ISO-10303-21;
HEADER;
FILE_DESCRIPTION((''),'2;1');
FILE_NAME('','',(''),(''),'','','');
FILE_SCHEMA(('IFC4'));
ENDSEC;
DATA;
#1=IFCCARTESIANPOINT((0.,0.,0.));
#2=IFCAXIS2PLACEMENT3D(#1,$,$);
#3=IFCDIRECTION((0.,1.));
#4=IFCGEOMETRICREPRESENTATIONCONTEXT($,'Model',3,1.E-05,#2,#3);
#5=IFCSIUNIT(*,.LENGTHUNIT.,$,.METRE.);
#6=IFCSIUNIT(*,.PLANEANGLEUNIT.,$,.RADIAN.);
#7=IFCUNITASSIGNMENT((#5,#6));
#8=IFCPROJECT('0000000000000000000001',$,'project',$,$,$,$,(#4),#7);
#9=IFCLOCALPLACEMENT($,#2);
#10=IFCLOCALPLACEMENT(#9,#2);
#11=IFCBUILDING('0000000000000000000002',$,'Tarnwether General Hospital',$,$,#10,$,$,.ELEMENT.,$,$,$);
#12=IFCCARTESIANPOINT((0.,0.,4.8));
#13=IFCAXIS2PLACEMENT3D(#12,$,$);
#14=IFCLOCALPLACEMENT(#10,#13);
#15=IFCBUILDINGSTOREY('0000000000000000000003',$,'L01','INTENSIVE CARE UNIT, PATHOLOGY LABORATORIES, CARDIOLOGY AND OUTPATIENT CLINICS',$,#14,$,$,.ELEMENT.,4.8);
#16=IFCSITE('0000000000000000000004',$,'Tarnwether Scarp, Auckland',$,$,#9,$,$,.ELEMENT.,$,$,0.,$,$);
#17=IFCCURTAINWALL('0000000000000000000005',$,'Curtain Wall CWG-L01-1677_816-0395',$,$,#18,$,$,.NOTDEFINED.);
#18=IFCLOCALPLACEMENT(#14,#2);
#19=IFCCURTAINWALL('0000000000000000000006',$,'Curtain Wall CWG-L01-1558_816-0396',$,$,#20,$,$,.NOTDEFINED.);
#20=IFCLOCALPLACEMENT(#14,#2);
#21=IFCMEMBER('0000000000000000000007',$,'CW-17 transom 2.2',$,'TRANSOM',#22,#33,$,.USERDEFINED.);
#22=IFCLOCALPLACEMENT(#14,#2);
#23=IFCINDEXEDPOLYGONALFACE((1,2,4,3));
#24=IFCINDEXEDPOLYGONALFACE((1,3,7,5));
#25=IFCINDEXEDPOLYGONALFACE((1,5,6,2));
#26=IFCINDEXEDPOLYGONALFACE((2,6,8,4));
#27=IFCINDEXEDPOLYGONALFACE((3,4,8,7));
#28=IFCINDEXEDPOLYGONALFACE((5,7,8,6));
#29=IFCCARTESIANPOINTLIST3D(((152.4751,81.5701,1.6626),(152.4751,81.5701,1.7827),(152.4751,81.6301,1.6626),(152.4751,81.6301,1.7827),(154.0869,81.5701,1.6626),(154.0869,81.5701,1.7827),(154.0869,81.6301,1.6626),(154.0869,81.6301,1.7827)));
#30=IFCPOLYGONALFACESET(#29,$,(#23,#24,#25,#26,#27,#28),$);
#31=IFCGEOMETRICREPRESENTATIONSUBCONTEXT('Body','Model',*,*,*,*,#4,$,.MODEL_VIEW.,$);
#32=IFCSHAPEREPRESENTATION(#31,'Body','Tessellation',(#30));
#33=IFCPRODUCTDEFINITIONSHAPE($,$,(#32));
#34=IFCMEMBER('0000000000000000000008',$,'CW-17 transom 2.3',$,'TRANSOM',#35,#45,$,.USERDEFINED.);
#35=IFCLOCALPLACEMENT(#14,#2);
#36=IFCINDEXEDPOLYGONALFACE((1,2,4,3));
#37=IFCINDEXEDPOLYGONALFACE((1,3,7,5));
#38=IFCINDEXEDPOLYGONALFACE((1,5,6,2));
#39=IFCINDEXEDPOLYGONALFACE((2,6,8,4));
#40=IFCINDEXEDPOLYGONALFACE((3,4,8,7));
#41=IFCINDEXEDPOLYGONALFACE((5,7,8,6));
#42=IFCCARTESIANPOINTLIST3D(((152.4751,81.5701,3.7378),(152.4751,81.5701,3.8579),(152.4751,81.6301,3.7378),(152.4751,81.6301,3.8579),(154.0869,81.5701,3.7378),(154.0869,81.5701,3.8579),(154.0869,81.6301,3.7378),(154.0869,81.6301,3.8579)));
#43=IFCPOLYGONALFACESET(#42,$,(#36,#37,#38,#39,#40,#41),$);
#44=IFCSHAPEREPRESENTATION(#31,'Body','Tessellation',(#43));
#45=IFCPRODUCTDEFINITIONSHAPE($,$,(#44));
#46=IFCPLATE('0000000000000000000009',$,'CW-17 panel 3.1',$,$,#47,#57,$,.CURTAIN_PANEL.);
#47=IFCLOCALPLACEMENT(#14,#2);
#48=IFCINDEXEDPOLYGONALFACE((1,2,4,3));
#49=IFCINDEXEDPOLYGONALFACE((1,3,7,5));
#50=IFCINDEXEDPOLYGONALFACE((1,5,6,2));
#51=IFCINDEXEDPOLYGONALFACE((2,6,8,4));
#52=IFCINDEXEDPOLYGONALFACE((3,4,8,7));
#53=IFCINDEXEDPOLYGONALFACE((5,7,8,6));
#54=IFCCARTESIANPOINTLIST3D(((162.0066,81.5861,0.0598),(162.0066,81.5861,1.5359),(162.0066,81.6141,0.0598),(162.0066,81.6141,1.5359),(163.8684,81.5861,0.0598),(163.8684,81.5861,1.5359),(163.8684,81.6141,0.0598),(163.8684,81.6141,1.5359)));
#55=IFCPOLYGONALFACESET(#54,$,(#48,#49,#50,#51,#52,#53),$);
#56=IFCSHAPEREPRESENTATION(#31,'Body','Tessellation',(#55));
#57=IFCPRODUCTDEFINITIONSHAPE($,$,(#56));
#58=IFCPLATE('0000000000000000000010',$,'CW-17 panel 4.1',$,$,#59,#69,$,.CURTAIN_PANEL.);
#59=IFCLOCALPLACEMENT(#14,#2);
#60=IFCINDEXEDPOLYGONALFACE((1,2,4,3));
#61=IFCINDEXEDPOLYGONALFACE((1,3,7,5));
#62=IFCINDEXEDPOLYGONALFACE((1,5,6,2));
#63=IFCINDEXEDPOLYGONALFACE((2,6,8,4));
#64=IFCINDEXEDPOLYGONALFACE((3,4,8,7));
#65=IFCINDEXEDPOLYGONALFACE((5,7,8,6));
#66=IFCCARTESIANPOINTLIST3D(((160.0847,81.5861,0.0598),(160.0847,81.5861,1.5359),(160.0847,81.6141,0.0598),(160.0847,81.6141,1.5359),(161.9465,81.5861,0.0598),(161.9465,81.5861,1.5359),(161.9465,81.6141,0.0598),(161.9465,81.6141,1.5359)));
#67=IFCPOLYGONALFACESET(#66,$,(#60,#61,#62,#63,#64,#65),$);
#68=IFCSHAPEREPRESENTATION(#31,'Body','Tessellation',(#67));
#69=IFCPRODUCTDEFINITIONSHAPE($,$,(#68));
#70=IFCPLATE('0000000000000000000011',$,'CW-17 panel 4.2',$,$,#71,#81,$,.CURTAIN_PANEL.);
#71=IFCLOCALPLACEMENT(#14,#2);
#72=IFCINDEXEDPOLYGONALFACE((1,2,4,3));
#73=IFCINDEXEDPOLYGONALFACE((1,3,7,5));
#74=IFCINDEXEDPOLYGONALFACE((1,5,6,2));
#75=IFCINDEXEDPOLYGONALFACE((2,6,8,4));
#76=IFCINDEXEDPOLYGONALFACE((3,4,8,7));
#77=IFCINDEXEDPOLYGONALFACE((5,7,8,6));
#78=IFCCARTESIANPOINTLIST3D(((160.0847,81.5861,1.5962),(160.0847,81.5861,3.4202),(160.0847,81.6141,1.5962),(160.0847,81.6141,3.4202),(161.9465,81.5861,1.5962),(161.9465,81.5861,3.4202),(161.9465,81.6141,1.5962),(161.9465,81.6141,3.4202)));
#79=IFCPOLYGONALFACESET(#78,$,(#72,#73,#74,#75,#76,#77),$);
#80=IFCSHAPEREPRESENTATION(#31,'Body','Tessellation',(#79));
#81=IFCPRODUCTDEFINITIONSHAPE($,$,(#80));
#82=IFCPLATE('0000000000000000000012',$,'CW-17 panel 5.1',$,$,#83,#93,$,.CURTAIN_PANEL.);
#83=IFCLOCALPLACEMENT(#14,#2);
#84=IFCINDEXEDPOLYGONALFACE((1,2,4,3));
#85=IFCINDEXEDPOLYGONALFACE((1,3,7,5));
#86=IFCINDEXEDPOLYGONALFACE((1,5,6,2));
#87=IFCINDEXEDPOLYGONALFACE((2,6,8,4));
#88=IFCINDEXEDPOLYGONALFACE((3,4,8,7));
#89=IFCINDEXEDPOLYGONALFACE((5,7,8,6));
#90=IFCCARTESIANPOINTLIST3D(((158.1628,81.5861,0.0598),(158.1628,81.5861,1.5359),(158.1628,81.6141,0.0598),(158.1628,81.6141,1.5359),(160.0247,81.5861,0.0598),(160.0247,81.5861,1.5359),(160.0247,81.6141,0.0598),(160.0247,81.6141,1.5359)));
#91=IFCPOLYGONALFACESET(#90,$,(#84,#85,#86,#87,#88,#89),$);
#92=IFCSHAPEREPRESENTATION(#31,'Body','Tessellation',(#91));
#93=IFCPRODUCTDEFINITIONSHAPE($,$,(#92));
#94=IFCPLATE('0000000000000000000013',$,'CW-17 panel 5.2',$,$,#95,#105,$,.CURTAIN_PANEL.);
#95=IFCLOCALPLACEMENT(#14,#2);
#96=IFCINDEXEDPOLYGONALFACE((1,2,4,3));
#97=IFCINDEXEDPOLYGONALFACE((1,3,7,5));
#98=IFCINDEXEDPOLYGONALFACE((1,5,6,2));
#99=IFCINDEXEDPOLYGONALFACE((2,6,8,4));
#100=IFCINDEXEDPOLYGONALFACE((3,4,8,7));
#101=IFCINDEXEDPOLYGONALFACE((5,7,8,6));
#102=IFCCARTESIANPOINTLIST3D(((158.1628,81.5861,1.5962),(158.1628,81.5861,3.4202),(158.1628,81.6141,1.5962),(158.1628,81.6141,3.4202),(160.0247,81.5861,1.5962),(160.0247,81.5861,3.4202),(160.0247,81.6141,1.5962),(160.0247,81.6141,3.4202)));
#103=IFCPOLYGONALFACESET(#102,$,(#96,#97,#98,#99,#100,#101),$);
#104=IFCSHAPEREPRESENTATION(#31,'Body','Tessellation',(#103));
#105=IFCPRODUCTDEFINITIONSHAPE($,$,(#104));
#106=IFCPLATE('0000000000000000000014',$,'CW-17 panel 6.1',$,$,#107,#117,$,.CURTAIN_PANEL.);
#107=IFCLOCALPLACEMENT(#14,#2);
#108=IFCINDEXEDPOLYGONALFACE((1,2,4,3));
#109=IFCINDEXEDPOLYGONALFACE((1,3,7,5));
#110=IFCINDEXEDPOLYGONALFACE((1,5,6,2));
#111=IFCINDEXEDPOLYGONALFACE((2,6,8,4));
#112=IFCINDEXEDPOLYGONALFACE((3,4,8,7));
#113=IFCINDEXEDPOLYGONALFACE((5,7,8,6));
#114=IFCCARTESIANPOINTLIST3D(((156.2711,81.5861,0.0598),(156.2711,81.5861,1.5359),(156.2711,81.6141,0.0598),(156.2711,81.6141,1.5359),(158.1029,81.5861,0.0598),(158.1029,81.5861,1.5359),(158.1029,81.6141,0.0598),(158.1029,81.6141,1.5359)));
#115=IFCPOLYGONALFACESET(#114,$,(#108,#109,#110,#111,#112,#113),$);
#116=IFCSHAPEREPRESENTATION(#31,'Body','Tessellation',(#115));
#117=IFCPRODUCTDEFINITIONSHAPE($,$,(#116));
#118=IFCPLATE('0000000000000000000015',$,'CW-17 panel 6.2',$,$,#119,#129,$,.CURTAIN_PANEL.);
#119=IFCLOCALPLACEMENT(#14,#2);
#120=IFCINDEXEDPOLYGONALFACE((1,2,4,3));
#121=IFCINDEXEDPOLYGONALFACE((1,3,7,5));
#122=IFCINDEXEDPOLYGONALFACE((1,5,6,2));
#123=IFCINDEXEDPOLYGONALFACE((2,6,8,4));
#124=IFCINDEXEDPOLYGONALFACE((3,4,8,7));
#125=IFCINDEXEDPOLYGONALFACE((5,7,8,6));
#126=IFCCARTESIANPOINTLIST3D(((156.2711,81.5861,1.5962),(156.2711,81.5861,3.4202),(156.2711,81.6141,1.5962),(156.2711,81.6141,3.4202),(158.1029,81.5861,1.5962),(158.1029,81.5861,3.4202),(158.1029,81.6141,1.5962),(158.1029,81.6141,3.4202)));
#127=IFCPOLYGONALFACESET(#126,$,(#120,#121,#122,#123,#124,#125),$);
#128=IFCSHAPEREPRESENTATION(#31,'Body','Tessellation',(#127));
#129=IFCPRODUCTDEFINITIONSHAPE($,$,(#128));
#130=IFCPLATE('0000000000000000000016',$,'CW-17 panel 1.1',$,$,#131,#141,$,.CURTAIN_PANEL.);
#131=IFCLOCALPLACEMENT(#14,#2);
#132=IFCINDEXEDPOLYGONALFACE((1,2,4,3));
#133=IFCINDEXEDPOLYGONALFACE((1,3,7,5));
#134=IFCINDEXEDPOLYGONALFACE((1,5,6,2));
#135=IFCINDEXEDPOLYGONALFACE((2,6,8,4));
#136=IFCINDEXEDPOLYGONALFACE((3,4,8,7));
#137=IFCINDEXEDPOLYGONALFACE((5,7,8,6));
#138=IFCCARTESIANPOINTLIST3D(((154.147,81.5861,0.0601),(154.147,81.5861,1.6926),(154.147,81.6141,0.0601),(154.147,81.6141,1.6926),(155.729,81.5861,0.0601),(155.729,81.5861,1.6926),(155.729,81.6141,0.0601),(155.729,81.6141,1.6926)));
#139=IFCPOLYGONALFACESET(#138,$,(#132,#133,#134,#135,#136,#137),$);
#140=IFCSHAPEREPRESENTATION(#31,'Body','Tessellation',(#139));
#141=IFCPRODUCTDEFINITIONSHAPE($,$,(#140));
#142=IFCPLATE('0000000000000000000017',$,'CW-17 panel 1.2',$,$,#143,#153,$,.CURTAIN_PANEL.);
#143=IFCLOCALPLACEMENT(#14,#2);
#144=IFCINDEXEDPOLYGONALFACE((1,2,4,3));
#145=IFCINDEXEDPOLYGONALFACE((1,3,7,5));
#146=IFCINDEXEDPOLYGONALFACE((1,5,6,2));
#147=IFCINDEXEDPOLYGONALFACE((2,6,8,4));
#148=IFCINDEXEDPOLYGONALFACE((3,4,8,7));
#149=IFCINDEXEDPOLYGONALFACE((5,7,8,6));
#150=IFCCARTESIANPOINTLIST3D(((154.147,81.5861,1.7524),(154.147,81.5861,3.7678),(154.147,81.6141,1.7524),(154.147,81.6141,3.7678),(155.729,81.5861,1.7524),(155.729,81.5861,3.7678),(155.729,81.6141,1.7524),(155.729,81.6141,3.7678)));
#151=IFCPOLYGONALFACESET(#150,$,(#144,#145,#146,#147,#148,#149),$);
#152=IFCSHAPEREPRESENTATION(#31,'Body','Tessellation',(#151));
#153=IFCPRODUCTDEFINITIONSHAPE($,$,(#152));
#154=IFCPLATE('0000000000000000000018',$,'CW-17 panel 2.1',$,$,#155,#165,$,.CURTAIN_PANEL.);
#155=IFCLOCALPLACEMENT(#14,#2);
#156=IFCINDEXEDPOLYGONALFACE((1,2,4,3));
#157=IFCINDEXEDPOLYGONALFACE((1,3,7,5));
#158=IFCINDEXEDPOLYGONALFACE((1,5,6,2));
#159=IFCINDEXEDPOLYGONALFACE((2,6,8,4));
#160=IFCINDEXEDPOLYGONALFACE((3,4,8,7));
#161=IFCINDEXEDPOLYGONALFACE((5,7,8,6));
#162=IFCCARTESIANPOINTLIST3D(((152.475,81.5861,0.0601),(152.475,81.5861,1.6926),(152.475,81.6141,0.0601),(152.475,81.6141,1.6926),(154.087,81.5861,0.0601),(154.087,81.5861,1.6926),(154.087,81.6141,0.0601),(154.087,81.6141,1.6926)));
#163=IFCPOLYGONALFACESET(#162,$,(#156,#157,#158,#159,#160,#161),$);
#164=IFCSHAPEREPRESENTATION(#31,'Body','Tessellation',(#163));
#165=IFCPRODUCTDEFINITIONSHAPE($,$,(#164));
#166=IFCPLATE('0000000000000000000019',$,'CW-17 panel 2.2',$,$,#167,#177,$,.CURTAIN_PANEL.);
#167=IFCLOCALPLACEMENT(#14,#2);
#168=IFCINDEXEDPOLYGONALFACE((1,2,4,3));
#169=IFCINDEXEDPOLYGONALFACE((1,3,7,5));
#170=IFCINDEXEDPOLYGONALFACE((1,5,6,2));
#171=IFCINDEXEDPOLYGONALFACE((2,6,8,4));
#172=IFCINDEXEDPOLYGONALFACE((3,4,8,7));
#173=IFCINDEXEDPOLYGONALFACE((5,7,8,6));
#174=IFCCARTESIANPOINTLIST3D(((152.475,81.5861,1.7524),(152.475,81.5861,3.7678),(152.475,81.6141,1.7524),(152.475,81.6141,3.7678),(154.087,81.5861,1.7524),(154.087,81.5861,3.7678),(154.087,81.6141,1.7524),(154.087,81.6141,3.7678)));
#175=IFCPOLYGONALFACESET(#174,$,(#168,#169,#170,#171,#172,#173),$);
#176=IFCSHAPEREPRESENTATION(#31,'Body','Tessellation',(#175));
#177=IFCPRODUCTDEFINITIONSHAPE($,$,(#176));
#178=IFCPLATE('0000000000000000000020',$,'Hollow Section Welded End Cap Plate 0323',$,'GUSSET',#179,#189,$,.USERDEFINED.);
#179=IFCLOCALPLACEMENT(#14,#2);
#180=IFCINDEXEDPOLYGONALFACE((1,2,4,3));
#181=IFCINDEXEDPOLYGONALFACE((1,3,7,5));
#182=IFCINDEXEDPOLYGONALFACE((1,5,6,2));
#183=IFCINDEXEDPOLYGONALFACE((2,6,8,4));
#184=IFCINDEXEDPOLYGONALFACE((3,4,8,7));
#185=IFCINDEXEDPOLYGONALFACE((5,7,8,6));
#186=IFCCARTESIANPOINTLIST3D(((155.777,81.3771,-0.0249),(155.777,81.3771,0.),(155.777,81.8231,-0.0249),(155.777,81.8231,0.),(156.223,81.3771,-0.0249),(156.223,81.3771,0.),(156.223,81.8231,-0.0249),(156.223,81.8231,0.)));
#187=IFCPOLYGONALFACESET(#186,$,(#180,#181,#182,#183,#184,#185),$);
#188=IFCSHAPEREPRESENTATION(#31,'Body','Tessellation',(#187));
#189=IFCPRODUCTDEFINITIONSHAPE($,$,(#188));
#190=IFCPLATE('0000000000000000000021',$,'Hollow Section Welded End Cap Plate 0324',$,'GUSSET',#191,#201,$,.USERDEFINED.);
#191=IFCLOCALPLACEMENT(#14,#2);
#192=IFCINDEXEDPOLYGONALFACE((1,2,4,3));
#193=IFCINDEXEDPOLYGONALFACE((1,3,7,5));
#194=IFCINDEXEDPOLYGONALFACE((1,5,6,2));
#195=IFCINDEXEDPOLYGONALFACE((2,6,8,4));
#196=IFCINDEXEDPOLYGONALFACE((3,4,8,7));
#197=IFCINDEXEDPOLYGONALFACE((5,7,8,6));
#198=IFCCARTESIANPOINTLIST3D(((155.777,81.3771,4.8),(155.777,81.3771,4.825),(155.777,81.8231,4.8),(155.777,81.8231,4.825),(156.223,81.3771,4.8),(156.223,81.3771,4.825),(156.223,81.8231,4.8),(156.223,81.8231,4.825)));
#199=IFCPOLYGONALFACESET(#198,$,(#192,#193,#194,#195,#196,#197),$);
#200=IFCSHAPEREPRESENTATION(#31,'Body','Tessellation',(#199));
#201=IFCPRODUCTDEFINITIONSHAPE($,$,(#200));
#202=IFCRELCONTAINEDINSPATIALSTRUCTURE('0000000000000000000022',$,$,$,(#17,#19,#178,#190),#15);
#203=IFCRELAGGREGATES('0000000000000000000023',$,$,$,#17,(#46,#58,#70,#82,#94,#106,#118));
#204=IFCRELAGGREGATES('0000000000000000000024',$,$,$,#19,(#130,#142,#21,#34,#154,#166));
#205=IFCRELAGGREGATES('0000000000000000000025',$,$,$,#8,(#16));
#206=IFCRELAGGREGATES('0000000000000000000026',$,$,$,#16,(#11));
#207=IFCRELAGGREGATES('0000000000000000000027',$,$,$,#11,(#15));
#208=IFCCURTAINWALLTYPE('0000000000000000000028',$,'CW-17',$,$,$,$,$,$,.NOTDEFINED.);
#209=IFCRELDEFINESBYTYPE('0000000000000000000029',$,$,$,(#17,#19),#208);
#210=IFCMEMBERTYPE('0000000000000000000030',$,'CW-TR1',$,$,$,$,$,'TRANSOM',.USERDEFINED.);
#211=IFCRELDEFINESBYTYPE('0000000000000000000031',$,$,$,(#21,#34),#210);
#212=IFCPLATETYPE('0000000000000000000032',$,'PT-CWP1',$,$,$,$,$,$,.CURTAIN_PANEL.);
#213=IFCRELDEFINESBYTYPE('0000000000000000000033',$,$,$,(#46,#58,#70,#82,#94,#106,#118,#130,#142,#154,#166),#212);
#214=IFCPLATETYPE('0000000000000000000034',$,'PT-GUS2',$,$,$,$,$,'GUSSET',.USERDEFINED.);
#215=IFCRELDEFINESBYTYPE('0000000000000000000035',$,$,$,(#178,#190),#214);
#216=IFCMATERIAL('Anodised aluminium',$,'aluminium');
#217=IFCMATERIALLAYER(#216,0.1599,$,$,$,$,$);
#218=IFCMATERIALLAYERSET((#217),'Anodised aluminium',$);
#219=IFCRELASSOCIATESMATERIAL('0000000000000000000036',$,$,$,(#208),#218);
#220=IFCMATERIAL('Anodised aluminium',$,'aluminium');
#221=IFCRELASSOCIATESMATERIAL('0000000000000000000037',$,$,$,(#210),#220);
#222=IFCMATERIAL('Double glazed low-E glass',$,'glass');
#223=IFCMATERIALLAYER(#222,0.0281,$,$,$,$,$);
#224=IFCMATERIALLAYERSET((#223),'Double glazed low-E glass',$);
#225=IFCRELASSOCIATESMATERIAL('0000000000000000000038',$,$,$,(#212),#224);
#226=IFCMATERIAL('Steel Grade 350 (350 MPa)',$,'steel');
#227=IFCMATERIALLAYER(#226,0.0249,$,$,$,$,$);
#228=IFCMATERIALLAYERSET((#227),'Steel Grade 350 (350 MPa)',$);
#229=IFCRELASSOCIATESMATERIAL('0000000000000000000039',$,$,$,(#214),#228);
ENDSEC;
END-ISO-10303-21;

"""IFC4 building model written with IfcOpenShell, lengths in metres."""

from ifc_helpers import new_model, si_unit, direction, frame, origin, origin_2d, place, context, subcontext, project, spatial, rectangle, extrude, material, layer, layer_set, material_profile, profile_set, type_object, element, aggregate, save


model = new_model("IFC4")

# Units and contexts
model_context = context("Model", 3, precision=1e-05, world=origin(), true_north=direction((0.0, 1.0)))
body_context = subcontext(model_context, "Body", "Model", "MODEL_VIEW")
ifc_project = project(units=[si_unit("LENGTHUNIT", "METRE"), si_unit("PLANEANGLEUNIT", "RADIAN")], contexts=[model_context])

# Site, building, storey
site_placement = place(None, origin())
site = spatial("IfcSite", under=ifc_project, at=site_placement, Name="Tarnwether Scarp, Auckland", CompositionType="ELEMENT", RefElevation=0.0)
building_placement = place(site_placement, origin())
building = spatial("IfcBuilding", under=site, at=building_placement, Name="Tarnwether General Hospital", CompositionType="ELEMENT")
storey_placement = place(building_placement, frame((0.0, 0.0, 4.8)))
storey = spatial("IfcBuildingStorey", under=building, at=storey_placement, Name="L01", Description="INTENSIVE CARE UNIT, PATHOLOGY LABORATORIES, CARDIOLOGY AND OUTPATIENT CLINICS", CompositionType="ELEMENT", Elevation=4.8)

# Curtain walls
ifc_material_1 = material(Name="Anodised aluminium", Category="aluminium")
ifc_layer_1 = layer(ifc_material_1, 0.1599)
ifc_layer_set_1 = layer_set([ifc_layer_1], Name="Anodised aluminium")
curtain_wall_type = type_object("IfcCurtainWallType", Name="CW-17", PredefinedType="NOTDEFINED", material=ifc_layer_set_1)
curtain_wall_1_placement = place(storey_placement, origin())
curtain_wall_1 = element("IfcCurtainWall", 1, at=curtain_wall_1_placement, inside=storey, type_object=curtain_wall_type, Name="Curtain Wall CWG-L01-1677_816-0395", PredefinedType="NOTDEFINED")
curtain_wall_2_placement = place(storey_placement, origin())
curtain_wall_2 = element("IfcCurtainWall", 2, at=curtain_wall_2_placement, inside=storey, type_object=curtain_wall_type, Name="Curtain Wall CWG-L01-1558_816-0396", PredefinedType="NOTDEFINED")

# Members
ifc_material_2 = material(Name="Anodised aluminium", Category="aluminium")
ifc_material_profile_1 = material_profile(ifc_material_2, rectangle(XDim=0.0601, YDim=0.1201, at=origin_2d()), Name="ALU-TRN-60x120")
ifc_profile_set_1 = profile_set([ifc_material_profile_1], Name="Anodised aluminium")
member_type_1 = type_object("IfcMemberType", Name="CW-TR1", ElementType="TRANSOM", PredefinedType="USERDEFINED", material=ifc_profile_set_1)
member_1_placement = place(storey_placement, frame((154.0869, 81.6001, 1.7227), z_axis=(-1.0, 0.0, 0.0), x_axis=(0.0, -1.0, 0.0)))
member_1 = element("IfcMember", 3, at=member_1_placement, type_object=member_type_1, Name="CW-17 transom 2.2", ObjectType="TRANSOM", PredefinedType="USERDEFINED", context=body_context, shape_type="SweptSolid", body=[
    extrude(rectangle(XDim=0.0601, YDim=0.1201, at=origin_2d()), origin(), (0.0, 0.0, 1.0), 1.6118),
])
member_2_placement = place(storey_placement, frame((154.0869, 81.6001, 3.7979), z_axis=(-1.0, 0.0, 0.0), x_axis=(0.0, -1.0, 0.0)))
member_2 = element("IfcMember", 4, at=member_2_placement, type_object=member_type_1, Name="CW-17 transom 2.3", ObjectType="TRANSOM", PredefinedType="USERDEFINED", context=body_context, shape_type="SweptSolid", body=[
    extrude(rectangle(XDim=0.0601, YDim=0.1201, at=origin_2d()), origin(), (0.0, 0.0, 1.0), 1.6118),
])

# Plates
ifc_material_3 = material(Name="Double glazed low-E glass", Category="glass")
ifc_layer_2 = layer(ifc_material_3, 0.0281)
ifc_layer_set_2 = layer_set([ifc_layer_2], Name="Double glazed low-E glass")
plate_type_1 = type_object("IfcPlateType", Name="PT-CWP1", PredefinedType="CURTAIN_PANEL", material=ifc_layer_set_2)
plate_1_placement = place(storey_placement, frame((162.9375, 81.6001, 0.0598), z_axis=(0.0, 0.0, 1.0), x_axis=(-1.0, 0.0, 0.0)))
plate_1 = element("IfcPlate", 5, at=plate_1_placement, type_object=plate_type_1, Name="CW-17 panel 3.1", PredefinedType="CURTAIN_PANEL", context=body_context, shape_type="SweptSolid", body=[
    extrude(rectangle(XDim=1.8618, YDim=0.0281, at=origin_2d()), origin(), (0.0, 0.0, 1.0), 1.4761),
])
plate_2_placement = place(storey_placement, frame((161.0156, 81.6001, 0.0598), z_axis=(0.0, 0.0, 1.0), x_axis=(-1.0, 0.0, 0.0)))
plate_2 = element("IfcPlate", 6, at=plate_2_placement, type_object=plate_type_1, Name="CW-17 panel 4.1", PredefinedType="CURTAIN_PANEL", context=body_context, shape_type="SweptSolid", body=[
    extrude(rectangle(XDim=1.8618, YDim=0.0281, at=origin_2d()), origin(), (0.0, 0.0, 1.0), 1.4761),
])
plate_3_placement = place(storey_placement, frame((161.0156, 81.6001, 1.5962), z_axis=(0.0, 0.0, 1.0), x_axis=(-1.0, 0.0, 0.0)))
plate_3 = element("IfcPlate", 7, at=plate_3_placement, type_object=plate_type_1, Name="CW-17 panel 4.2", PredefinedType="CURTAIN_PANEL", context=body_context, shape_type="SweptSolid", body=[
    extrude(rectangle(XDim=1.8618, YDim=0.0281, at=origin_2d()), origin(), (0.0, 0.0, 1.0), 1.824),
])
plate_4_placement = place(storey_placement, frame((159.0938, 81.6001, 0.0598), z_axis=(0.0, 0.0, 1.0), x_axis=(-1.0, 0.0, 0.0)))
plate_4 = element("IfcPlate", 8, at=plate_4_placement, type_object=plate_type_1, Name="CW-17 panel 5.1", PredefinedType="CURTAIN_PANEL", context=body_context, shape_type="SweptSolid", body=[
    extrude(rectangle(XDim=1.8618, YDim=0.0281, at=origin_2d()), origin(), (0.0, 0.0, 1.0), 1.4761),
])
plate_5_placement = place(storey_placement, frame((159.0938, 81.6001, 1.5962), z_axis=(0.0, 0.0, 1.0), x_axis=(-1.0, 0.0, 0.0)))
plate_5 = element("IfcPlate", 9, at=plate_5_placement, type_object=plate_type_1, Name="CW-17 panel 5.2", PredefinedType="CURTAIN_PANEL", context=body_context, shape_type="SweptSolid", body=[
    extrude(rectangle(XDim=1.8618, YDim=0.0281, at=origin_2d()), origin(), (0.0, 0.0, 1.0), 1.824),
])
plate_6_placement = place(storey_placement, frame((157.187, 81.6001, 0.0598), z_axis=(0.0, 0.0, 1.0), x_axis=(-1.0, 0.0, 0.0)))
plate_6 = element("IfcPlate", 10, at=plate_6_placement, type_object=plate_type_1, Name="CW-17 panel 6.1", PredefinedType="CURTAIN_PANEL", context=body_context, shape_type="SweptSolid", body=[
    extrude(rectangle(XDim=1.8318, YDim=0.0281, at=origin_2d()), origin(), (0.0, 0.0, 1.0), 1.4761),
])
plate_7_placement = place(storey_placement, frame((157.187, 81.6001, 1.5962), z_axis=(0.0, 0.0, 1.0), x_axis=(-1.0, 0.0, 0.0)))
plate_7 = element("IfcPlate", 11, at=plate_7_placement, type_object=plate_type_1, Name="CW-17 panel 6.2", PredefinedType="CURTAIN_PANEL", context=body_context, shape_type="SweptSolid", body=[
    extrude(rectangle(XDim=1.8318, YDim=0.0281, at=origin_2d()), origin(), (0.0, 0.0, 1.0), 1.824),
])
aggregate(curtain_wall_1, [plate_1, plate_2, plate_3, plate_4, plate_5, plate_6, plate_7])
plate_8_placement = place(storey_placement, frame((154.938, 81.6001, 0.0601), z_axis=(0.0, 0.0, 1.0), x_axis=(-1.0, 0.0, 0.0)))
plate_8 = element("IfcPlate", 12, at=plate_8_placement, type_object=plate_type_1, Name="CW-17 panel 1.1", PredefinedType="CURTAIN_PANEL", context=body_context, shape_type="SweptSolid", body=[
    extrude(rectangle(XDim=1.582, YDim=0.0281, at=origin_2d()), origin(), (0.0, 0.0, 1.0), 1.6326),
])
plate_9_placement = place(storey_placement, frame((154.938, 81.6001, 1.7524), z_axis=(0.0, 0.0, 1.0), x_axis=(-1.0, 0.0, 0.0)))
plate_9 = element("IfcPlate", 13, at=plate_9_placement, type_object=plate_type_1, Name="CW-17 panel 1.2", PredefinedType="CURTAIN_PANEL", context=body_context, shape_type="SweptSolid", body=[
    extrude(rectangle(XDim=1.582, YDim=0.0281, at=origin_2d()), origin(), (0.0, 0.0, 1.0), 2.0154),
])
plate_10_placement = place(storey_placement, frame((153.281, 81.6001, 0.0601), z_axis=(0.0, 0.0, 1.0), x_axis=(-1.0, 0.0, 0.0)))
plate_10 = element("IfcPlate", 14, at=plate_10_placement, type_object=plate_type_1, Name="CW-17 panel 2.1", PredefinedType="CURTAIN_PANEL", context=body_context, shape_type="SweptSolid", body=[
    extrude(rectangle(XDim=1.6121, YDim=0.0281, at=origin_2d()), origin(), (0.0, 0.0, 1.0), 1.6326),
])
plate_11_placement = place(storey_placement, frame((153.281, 81.6001, 1.7524), z_axis=(0.0, 0.0, 1.0), x_axis=(-1.0, 0.0, 0.0)))
plate_11 = element("IfcPlate", 15, at=plate_11_placement, type_object=plate_type_1, Name="CW-17 panel 2.2", PredefinedType="CURTAIN_PANEL", context=body_context, shape_type="SweptSolid", body=[
    extrude(rectangle(XDim=1.6121, YDim=0.0281, at=origin_2d()), origin(), (0.0, 0.0, 1.0), 2.0154),
])
aggregate(curtain_wall_2, [plate_8, plate_9, member_1, member_2, plate_10, plate_11])

# Plates
ifc_material_4 = material(Name="Steel Grade 350 (350 MPa)", Category="steel")
ifc_layer_3 = layer(ifc_material_4, 0.0249)
ifc_layer_set_3 = layer_set([ifc_layer_3], Name="Steel Grade 350 (350 MPa)")
plate_type_2 = type_object("IfcPlateType", Name="PT-GUS2", ElementType="GUSSET", PredefinedType="USERDEFINED", material=ifc_layer_set_3)
for number, where, z_axis, x_axis, name in (
    (16, (156.0, 81.6001, -0.0249), (0.0, 0.0, 1.0), (1.0, 0.0, 0.0), "Hollow Section Welded End Cap Plate 0323"),
    (17, (156.0, 81.6001, 4.8), (0.0, 0.0, 1.0), (1.0, 0.0, 0.0), "Hollow Section Welded End Cap Plate 0324"),
):
    element("IfcPlate", number, at=place(storey_placement, frame(where, z_axis=z_axis, x_axis=x_axis)), inside=storey, type_object=plate_type_2, Name=name, ObjectType="GUSSET", PredefinedType="USERDEFINED", context=body_context, shape_type="SweptSolid", body=[
        extrude(rectangle(XDim=0.446, YDim=0.446, at=origin_2d()), origin(), (0.0, 0.0, 1.0), 0.0249),
    ])

save(model, "model.ifc")
